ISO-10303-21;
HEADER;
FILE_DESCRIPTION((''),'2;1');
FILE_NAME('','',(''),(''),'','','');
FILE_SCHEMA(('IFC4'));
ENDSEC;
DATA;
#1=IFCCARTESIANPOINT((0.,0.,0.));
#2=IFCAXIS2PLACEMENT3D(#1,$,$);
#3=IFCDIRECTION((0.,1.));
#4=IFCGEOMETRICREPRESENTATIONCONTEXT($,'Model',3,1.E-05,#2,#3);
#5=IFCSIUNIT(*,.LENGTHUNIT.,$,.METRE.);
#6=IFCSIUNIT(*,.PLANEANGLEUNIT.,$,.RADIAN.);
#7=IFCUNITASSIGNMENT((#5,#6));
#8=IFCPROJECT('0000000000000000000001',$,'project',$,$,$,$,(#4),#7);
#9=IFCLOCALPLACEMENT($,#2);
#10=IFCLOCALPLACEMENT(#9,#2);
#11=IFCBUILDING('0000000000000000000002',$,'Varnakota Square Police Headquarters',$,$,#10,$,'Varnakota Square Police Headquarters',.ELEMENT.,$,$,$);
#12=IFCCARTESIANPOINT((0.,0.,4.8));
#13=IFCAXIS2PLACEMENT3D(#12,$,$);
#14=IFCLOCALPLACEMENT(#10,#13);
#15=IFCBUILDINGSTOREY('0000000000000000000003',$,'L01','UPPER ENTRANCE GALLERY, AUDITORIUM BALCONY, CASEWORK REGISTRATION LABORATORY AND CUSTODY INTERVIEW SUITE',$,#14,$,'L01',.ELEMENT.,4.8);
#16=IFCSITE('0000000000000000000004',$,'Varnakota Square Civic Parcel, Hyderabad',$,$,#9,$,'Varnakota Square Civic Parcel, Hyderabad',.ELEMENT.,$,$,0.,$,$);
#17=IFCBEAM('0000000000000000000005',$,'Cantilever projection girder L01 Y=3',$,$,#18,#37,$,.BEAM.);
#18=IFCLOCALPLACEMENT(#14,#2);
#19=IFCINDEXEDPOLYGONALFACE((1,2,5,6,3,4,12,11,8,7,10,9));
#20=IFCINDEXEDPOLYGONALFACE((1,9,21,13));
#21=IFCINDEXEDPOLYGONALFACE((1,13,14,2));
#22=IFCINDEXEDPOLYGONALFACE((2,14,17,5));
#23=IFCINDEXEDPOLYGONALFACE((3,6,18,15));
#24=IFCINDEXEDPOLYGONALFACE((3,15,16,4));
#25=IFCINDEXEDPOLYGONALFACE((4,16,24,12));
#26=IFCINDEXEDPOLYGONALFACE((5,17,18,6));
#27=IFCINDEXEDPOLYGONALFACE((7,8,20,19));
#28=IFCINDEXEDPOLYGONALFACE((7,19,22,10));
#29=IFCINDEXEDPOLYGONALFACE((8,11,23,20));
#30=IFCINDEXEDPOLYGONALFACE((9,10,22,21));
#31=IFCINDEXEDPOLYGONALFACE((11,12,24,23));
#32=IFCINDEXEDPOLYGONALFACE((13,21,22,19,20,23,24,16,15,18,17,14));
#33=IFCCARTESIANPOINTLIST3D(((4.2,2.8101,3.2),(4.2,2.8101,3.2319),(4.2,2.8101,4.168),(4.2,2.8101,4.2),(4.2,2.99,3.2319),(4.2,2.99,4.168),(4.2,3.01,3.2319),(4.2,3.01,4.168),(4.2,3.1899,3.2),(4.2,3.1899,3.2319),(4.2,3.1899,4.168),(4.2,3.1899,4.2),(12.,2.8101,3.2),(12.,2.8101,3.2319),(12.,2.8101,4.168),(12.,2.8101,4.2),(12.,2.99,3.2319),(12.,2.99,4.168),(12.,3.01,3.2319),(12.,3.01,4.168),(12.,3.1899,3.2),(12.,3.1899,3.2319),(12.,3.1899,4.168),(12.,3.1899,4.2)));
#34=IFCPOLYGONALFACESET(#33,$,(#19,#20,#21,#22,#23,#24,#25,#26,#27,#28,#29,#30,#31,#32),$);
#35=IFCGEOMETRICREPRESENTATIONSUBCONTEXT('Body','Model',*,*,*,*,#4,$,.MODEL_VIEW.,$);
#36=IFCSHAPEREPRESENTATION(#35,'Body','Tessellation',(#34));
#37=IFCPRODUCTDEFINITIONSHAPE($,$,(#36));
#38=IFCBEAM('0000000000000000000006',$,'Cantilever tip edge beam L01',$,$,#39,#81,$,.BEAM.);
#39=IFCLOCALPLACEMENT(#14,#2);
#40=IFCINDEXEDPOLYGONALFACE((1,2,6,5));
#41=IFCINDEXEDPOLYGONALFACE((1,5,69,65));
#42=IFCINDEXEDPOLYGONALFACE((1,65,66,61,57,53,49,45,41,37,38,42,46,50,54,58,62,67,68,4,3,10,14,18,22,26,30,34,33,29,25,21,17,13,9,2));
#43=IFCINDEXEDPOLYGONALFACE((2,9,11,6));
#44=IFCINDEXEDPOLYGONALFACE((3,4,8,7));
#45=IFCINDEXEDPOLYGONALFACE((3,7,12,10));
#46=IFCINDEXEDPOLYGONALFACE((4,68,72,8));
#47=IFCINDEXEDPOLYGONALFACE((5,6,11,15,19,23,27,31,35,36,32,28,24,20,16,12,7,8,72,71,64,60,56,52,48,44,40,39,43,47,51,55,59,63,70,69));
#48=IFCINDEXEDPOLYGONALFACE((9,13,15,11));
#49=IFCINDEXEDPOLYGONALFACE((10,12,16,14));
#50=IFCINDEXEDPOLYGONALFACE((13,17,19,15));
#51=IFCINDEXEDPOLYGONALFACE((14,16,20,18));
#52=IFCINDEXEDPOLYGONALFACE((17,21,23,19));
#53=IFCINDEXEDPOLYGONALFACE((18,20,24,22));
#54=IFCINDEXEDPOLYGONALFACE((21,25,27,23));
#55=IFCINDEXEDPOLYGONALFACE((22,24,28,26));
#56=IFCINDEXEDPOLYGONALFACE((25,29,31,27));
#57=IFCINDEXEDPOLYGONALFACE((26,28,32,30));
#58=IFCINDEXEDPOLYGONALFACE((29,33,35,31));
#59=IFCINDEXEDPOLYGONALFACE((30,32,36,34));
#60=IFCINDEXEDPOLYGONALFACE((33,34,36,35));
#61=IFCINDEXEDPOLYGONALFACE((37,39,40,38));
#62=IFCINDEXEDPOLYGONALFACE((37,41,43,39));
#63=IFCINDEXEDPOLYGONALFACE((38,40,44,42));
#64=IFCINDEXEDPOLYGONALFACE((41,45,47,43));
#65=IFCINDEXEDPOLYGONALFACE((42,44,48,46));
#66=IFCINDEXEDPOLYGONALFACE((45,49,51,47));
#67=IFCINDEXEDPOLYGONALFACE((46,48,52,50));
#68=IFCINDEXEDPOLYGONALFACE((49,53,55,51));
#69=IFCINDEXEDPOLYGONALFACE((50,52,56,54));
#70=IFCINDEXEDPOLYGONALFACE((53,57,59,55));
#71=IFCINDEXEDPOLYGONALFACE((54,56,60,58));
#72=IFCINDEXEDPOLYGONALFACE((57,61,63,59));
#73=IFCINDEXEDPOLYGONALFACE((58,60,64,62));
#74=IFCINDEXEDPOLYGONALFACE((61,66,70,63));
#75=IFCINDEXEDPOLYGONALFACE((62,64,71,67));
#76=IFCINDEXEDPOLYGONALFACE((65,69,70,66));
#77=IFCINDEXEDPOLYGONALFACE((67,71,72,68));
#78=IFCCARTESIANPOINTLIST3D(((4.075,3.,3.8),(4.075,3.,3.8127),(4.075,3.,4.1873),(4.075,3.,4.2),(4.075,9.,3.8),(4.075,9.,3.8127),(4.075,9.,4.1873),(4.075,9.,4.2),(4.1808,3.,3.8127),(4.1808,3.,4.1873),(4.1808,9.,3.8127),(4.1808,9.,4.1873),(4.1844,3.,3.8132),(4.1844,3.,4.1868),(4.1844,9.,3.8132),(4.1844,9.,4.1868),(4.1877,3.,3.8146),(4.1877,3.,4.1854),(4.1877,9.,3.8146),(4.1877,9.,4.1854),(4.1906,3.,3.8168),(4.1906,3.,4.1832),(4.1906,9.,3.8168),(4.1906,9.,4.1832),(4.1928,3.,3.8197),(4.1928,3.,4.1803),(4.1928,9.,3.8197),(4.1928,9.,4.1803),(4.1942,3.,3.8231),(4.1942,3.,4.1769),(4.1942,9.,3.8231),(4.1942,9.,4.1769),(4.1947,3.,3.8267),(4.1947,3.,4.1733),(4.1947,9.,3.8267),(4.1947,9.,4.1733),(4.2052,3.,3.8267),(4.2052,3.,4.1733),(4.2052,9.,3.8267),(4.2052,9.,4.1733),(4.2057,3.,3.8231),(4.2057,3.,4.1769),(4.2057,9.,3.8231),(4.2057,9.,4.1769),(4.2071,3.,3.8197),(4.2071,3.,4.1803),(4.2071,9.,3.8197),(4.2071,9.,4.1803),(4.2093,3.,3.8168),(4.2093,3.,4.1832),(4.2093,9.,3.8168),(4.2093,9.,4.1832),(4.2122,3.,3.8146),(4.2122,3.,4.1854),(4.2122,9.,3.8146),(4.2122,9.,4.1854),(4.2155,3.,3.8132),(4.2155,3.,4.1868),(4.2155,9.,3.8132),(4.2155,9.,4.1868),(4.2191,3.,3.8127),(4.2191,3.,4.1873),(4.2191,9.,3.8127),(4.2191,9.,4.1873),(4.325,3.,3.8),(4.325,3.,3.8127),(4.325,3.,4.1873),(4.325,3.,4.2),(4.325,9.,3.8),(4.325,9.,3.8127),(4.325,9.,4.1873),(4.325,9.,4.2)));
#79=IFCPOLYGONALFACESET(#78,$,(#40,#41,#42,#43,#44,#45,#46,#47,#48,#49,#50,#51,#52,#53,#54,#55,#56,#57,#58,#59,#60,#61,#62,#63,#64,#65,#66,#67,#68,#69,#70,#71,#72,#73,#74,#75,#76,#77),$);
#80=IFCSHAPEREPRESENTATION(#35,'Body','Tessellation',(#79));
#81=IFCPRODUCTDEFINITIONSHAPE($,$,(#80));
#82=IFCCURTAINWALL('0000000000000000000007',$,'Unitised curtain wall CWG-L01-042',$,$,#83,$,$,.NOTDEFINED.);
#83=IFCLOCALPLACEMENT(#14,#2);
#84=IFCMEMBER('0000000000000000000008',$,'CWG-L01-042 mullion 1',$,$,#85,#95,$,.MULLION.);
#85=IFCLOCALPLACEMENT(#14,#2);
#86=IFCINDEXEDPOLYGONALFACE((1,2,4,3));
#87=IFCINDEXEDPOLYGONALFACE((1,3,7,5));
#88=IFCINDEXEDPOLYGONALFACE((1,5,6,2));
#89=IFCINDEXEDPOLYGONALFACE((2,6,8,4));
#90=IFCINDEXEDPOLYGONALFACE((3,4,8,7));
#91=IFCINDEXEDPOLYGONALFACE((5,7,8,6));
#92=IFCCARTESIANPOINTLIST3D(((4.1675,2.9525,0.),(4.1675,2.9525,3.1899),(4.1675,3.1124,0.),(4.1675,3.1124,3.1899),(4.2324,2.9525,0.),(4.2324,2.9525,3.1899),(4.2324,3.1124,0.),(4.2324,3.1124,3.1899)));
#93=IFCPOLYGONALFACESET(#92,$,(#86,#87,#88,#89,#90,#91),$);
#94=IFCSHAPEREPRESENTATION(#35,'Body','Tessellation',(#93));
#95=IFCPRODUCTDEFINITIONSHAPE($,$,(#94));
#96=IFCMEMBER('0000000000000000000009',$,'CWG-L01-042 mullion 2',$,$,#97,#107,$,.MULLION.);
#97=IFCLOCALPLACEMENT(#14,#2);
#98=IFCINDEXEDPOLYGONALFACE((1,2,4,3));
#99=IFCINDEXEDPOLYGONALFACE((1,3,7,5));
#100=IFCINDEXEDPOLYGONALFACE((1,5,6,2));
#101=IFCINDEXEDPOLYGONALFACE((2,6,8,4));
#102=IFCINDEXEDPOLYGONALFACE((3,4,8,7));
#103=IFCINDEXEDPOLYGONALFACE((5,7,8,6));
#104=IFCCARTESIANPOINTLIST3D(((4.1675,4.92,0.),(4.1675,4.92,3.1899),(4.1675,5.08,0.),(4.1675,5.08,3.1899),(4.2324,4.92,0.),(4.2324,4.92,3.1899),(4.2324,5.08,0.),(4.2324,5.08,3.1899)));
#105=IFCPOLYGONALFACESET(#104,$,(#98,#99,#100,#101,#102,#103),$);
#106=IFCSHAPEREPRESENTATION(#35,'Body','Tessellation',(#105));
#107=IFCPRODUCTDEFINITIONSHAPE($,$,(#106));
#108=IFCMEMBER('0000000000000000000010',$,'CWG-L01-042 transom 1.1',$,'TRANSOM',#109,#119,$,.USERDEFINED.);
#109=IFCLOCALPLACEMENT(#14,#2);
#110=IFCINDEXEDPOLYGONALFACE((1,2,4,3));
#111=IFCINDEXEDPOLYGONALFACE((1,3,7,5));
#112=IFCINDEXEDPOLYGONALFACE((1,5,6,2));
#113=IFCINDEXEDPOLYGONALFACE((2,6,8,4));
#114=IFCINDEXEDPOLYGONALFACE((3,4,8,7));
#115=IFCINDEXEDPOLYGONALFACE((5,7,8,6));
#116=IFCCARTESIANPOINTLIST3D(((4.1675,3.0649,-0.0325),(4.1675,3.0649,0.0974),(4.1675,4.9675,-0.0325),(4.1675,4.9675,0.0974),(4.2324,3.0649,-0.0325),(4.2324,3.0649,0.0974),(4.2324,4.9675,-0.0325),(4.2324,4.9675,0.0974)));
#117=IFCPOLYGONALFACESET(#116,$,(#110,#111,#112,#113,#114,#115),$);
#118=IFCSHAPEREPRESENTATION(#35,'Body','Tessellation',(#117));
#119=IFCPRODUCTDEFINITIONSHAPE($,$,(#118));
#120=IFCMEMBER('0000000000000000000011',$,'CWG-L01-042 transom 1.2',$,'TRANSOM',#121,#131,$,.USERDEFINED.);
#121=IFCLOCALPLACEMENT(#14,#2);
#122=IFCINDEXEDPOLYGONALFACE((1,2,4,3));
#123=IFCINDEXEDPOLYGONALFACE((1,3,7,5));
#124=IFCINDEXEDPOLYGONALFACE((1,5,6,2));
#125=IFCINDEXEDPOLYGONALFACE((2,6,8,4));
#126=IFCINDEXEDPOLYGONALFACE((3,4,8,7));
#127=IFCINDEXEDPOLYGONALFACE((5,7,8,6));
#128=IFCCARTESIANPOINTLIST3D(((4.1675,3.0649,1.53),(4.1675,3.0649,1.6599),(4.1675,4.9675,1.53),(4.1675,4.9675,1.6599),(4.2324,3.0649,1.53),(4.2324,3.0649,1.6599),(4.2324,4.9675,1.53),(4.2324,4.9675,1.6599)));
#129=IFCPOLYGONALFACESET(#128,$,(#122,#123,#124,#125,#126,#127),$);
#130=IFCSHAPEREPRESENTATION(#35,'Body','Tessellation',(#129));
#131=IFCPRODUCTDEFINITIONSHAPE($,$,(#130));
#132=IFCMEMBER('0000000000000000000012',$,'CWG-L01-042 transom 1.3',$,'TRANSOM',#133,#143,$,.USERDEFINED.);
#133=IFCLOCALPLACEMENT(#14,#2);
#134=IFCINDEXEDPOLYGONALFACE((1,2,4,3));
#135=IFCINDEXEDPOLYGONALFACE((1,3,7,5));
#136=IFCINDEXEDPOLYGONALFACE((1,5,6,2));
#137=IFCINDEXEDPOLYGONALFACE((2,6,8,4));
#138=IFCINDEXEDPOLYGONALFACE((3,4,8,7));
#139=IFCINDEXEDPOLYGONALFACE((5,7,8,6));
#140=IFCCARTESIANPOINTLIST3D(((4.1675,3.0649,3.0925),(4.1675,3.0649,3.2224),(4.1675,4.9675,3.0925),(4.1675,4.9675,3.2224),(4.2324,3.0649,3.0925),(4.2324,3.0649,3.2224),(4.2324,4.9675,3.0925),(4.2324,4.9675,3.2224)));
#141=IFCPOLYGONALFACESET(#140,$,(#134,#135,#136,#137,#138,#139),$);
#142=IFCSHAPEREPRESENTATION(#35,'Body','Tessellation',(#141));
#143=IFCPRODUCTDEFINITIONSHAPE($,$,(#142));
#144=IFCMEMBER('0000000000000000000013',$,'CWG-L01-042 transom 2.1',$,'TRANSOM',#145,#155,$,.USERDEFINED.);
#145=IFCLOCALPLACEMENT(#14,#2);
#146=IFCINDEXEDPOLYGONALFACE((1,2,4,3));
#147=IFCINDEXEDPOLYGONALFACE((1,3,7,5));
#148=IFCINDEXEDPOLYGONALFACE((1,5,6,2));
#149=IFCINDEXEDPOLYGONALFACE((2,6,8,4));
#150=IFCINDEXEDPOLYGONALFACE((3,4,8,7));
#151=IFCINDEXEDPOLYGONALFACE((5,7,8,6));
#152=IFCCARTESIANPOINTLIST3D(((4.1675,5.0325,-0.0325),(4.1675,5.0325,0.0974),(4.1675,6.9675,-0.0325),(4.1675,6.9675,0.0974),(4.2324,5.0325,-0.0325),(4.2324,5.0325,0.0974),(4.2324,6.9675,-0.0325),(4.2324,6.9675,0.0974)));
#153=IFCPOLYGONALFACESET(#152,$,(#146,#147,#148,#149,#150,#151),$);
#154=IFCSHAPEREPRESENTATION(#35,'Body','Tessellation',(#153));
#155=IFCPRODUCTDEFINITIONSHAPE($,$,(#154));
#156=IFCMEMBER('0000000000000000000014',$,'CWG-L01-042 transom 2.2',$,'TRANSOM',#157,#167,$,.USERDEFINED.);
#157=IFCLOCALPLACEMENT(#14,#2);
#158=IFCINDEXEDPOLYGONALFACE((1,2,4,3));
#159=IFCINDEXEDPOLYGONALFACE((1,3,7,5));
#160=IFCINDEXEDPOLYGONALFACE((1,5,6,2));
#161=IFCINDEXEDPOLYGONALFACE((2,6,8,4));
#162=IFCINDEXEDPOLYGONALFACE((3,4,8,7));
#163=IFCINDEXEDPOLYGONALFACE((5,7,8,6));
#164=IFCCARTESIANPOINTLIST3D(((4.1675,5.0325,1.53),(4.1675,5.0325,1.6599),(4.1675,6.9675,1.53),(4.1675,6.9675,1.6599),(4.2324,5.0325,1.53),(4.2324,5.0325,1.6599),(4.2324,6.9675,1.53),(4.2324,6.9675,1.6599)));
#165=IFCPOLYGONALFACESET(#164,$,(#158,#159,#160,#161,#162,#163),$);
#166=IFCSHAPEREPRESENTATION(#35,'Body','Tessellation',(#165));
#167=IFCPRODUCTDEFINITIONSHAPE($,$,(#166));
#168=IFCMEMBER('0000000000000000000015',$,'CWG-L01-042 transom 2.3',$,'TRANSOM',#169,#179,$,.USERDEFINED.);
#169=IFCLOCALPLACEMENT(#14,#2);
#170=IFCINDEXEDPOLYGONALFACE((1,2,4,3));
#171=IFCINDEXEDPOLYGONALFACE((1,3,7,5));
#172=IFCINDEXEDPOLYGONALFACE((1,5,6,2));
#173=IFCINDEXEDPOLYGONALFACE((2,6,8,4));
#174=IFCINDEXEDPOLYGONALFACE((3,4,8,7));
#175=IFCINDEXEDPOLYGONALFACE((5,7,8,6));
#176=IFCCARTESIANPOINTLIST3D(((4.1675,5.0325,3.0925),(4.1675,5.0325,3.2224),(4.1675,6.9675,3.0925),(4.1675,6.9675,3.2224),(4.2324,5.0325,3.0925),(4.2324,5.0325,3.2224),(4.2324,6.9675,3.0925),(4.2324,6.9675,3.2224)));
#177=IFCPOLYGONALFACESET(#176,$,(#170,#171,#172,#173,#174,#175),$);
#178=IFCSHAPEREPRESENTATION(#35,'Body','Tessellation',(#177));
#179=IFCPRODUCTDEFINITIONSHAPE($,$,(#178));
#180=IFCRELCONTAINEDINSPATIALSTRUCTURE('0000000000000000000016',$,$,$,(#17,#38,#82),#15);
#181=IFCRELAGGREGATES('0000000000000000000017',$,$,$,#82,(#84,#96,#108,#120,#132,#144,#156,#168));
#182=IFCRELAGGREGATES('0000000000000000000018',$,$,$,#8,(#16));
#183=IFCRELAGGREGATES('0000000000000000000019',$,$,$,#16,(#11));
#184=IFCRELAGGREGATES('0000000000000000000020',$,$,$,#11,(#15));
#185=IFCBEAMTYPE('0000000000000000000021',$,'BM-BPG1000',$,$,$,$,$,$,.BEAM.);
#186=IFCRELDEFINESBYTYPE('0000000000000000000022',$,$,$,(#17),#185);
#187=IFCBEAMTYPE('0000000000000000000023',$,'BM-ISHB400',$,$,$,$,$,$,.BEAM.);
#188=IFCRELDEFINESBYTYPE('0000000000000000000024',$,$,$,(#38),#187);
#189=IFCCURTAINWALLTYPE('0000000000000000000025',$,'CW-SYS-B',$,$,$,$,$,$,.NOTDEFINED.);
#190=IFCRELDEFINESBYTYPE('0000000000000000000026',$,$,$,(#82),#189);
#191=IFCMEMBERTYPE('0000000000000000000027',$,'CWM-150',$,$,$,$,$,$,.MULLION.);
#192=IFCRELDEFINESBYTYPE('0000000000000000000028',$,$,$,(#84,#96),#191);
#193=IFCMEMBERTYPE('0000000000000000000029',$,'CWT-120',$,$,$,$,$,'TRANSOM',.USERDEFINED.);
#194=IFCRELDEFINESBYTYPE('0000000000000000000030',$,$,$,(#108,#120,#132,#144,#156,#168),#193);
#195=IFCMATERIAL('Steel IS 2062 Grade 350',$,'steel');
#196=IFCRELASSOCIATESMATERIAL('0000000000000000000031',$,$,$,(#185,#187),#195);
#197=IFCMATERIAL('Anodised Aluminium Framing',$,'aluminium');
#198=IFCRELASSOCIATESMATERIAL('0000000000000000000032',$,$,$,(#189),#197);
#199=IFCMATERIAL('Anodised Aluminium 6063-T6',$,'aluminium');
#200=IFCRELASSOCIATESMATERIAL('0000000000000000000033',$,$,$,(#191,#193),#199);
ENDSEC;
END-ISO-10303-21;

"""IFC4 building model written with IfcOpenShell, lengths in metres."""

from ifc_helpers import new_model, si_unit, direction, frame, origin, origin_2d, place, context, subcontext, project, spatial, rectangle, i_section, extrude, material, material_profile, profile_set, type_object, element, aggregate, save


model = new_model("IFC4")

# Units and contexts
model_context = context("Model", 3, precision=1e-05, world=origin(), true_north=direction((0.0, 1.0)))
body_context = subcontext(model_context, "Body", "Model", "MODEL_VIEW")
ifc_project = project(units=[si_unit("LENGTHUNIT", "METRE"), si_unit("PLANEANGLEUNIT", "RADIAN")], contexts=[model_context])

# Site, building, storey
site_placement = place(None, origin())
site = spatial("IfcSite", under=ifc_project, at=site_placement, Name="Varnakota Square Civic Parcel, Hyderabad", LongName="Varnakota Square Civic Parcel, Hyderabad", CompositionType="ELEMENT", RefElevation=0.0)
building_placement = place(site_placement, origin())
building = spatial("IfcBuilding", under=site, at=building_placement, Name="Varnakota Square Police Headquarters", LongName="Varnakota Square Police Headquarters", CompositionType="ELEMENT")
storey_placement = place(building_placement, frame((0.0, 0.0, 4.8)))
storey = spatial("IfcBuildingStorey", under=building, at=storey_placement, Name="L01", Description="UPPER ENTRANCE GALLERY, AUDITORIUM BALCONY, CASEWORK REGISTRATION LABORATORY AND CUSTODY INTERVIEW SUITE", LongName="L01", CompositionType="ELEMENT", Elevation=4.8)

# Beams
ifc_material_1 = material(Name="Steel IS 2062 Grade 350", Category="steel")
ifc_material_profile_1 = material_profile(ifc_material_1, i_section(OverallWidth=0.3799, OverallDepth=1.0, WebThickness=0.02, FlangeThickness=0.032, at=origin_2d()), Name="BPG 1000x380")
ifc_profile_set_1 = profile_set([ifc_material_profile_1], Name="Steel IS 2062 Grade 350")
beam_type_1 = type_object("IfcBeamType", Name="BM-BPG1000", PredefinedType="BEAM", material=ifc_profile_set_1)
beam_1_placement = place(storey_placement, frame((4.2, 3.0, 3.7), z_axis=(1.0, 0.0, 0.0), x_axis=(0.0, 1.0, 0.0)))
element("IfcBeam", 1, at=beam_1_placement, inside=storey, type_object=beam_type_1, Name="Cantilever projection girder L01 Y=3", PredefinedType="BEAM", context=body_context, shape_type="SweptSolid", body=[
    extrude(i_section(OverallWidth=0.3799, OverallDepth=1.0, WebThickness=0.02, FlangeThickness=0.032, at=origin_2d()), origin(), (0.0, 0.0, 1.0), 7.8),
])
ifc_material_profile_2 = material_profile(ifc_material_1, i_section(OverallWidth=0.25, OverallDepth=0.3999, WebThickness=0.0105, FlangeThickness=0.0127, FilletRadius=0.0139, at=origin_2d()), Name="ISHB 400")
ifc_profile_set_2 = profile_set([ifc_material_profile_2], Name="Steel IS 2062 Grade 350")
beam_type_2 = type_object("IfcBeamType", Name="BM-ISHB400", PredefinedType="BEAM", material=ifc_profile_set_2)
beam_2_placement = place(storey_placement, frame((4.2, 3.0, 4.0), z_axis=(0.0, 1.0, 0.0), x_axis=(-1.0, 0.0, 0.0)))
element("IfcBeam", 2, at=beam_2_placement, inside=storey, type_object=beam_type_2, Name="Cantilever tip edge beam L01", PredefinedType="BEAM", context=body_context, shape_type="SweptSolid", body=[
    extrude(i_section(OverallWidth=0.25, OverallDepth=0.3999, WebThickness=0.0105, FlangeThickness=0.0127, FilletRadius=0.0139, at=origin_2d()), origin(), (0.0, 0.0, 1.0), 6.0),
])

# Curtain wall, members
ifc_material_2 = material(Name="Anodised Aluminium Framing", Category="aluminium")
curtain_wall_type = type_object("IfcCurtainWallType", Name="CW-SYS-B", PredefinedType="NOTDEFINED", material=ifc_material_2)
curtain_wall_placement = place(storey_placement, origin())
curtain_wall = element("IfcCurtainWall", 3, at=curtain_wall_placement, inside=storey, type_object=curtain_wall_type, Name="Unitised curtain wall CWG-L01-042", PredefinedType="NOTDEFINED")
ifc_material_3 = material(Name="Anodised Aluminium 6063-T6", Category="aluminium")
ifc_material_profile_3 = material_profile(ifc_material_3, rectangle(XDim=0.0649, YDim=0.1599, at=origin_2d()), Name="ALU MULLION 65x160")
ifc_profile_set_3 = profile_set([ifc_material_profile_3], Name="Anodised Aluminium 6063-T6")
member_type_1 = type_object("IfcMemberType", Name="CWM-150", PredefinedType="MULLION", material=ifc_profile_set_3)
member_1_placement = place(storey_placement, frame((4.2, 3.0325, 0.0), z_axis=(0.0, 0.0, 1.0), x_axis=(-1.0, 0.0, 0.0)))
member_1 = element("IfcMember", 4, at=member_1_placement, type_object=member_type_1, Name="CWG-L01-042 mullion 1", PredefinedType="MULLION", context=body_context, shape_type="SweptSolid", body=[
    extrude(rectangle(XDim=0.0649, YDim=0.1599, at=origin_2d()), origin(), (0.0, 0.0, 1.0), 3.1899),
])
member_2_placement = place(storey_placement, frame((4.2, 5.0, 0.0), z_axis=(0.0, 0.0, 1.0), x_axis=(-1.0, 0.0, 0.0)))
member_2 = element("IfcMember", 5, at=member_2_placement, type_object=member_type_1, Name="CWG-L01-042 mullion 2", PredefinedType="MULLION", context=body_context, shape_type="SweptSolid", body=[
    extrude(rectangle(XDim=0.0649, YDim=0.1599, at=origin_2d()), origin(), (0.0, 0.0, 1.0), 3.1899),
])
ifc_material_profile_4 = material_profile(ifc_material_3, rectangle(XDim=0.0649, YDim=0.1299, at=origin_2d()), Name="ALU TRANSOM 65x130")
ifc_profile_set_4 = profile_set([ifc_material_profile_4], Name="Anodised Aluminium 6063-T6")
member_type_2 = type_object("IfcMemberType", Name="CWT-120", ElementType="TRANSOM", PredefinedType="USERDEFINED", material=ifc_profile_set_4)
member_3_placement = place(storey_placement, frame((4.2, 3.0649, 0.0325), z_axis=(0.0, 1.0, 0.0), x_axis=(-1.0, 0.0, 0.0)))
member_3 = element("IfcMember", 6, at=member_3_placement, type_object=member_type_2, Name="CWG-L01-042 transom 1.1", ObjectType="TRANSOM", PredefinedType="USERDEFINED", context=body_context, shape_type="SweptSolid", body=[
    extrude(rectangle(XDim=0.0649, YDim=0.1299, at=origin_2d()), origin(), (0.0, 0.0, 1.0), 1.9026),
])
member_4_placement = place(storey_placement, frame((4.2, 3.0649, 1.595), z_axis=(0.0, 1.0, 0.0), x_axis=(-1.0, 0.0, 0.0)))
member_4 = element("IfcMember", 7, at=member_4_placement, type_object=member_type_2, Name="CWG-L01-042 transom 1.2", ObjectType="TRANSOM", PredefinedType="USERDEFINED", context=body_context, shape_type="SweptSolid", body=[
    extrude(rectangle(XDim=0.0649, YDim=0.1299, at=origin_2d()), origin(), (0.0, 0.0, 1.0), 1.9026),
])
member_5_placement = place(storey_placement, frame((4.2, 3.0649, 3.1575), z_axis=(0.0, 1.0, 0.0), x_axis=(-1.0, 0.0, 0.0)))
member_5 = element("IfcMember", 8, at=member_5_placement, type_object=member_type_2, Name="CWG-L01-042 transom 1.3", ObjectType="TRANSOM", PredefinedType="USERDEFINED", context=body_context, shape_type="SweptSolid", body=[
    extrude(rectangle(XDim=0.0649, YDim=0.1299, at=origin_2d()), origin(), (0.0, 0.0, 1.0), 1.9026),
])
member_6_placement = place(storey_placement, frame((4.2, 5.0325, 0.0325), z_axis=(0.0, 1.0, 0.0), x_axis=(-1.0, 0.0, 0.0)))
member_6 = element("IfcMember", 9, at=member_6_placement, type_object=member_type_2, Name="CWG-L01-042 transom 2.1", ObjectType="TRANSOM", PredefinedType="USERDEFINED", context=body_context, shape_type="SweptSolid", body=[
    extrude(rectangle(XDim=0.0649, YDim=0.1299, at=origin_2d()), origin(), (0.0, 0.0, 1.0), 1.9351),
])
member_7_placement = place(storey_placement, frame((4.2, 5.0325, 1.595), z_axis=(0.0, 1.0, 0.0), x_axis=(-1.0, 0.0, 0.0)))
member_7 = element("IfcMember", 10, at=member_7_placement, type_object=member_type_2, Name="CWG-L01-042 transom 2.2", ObjectType="TRANSOM", PredefinedType="USERDEFINED", context=body_context, shape_type="SweptSolid", body=[
    extrude(rectangle(XDim=0.0649, YDim=0.1299, at=origin_2d()), origin(), (0.0, 0.0, 1.0), 1.9351),
])
member_8_placement = place(storey_placement, frame((4.2, 5.0325, 3.1575), z_axis=(0.0, 1.0, 0.0), x_axis=(-1.0, 0.0, 0.0)))
member_8 = element("IfcMember", 11, at=member_8_placement, type_object=member_type_2, Name="CWG-L01-042 transom 2.3", ObjectType="TRANSOM", PredefinedType="USERDEFINED", context=body_context, shape_type="SweptSolid", body=[
    extrude(rectangle(XDim=0.0649, YDim=0.1299, at=origin_2d()), origin(), (0.0, 0.0, 1.0), 1.9351),
])
aggregate(curtain_wall, [member_1, member_2, member_3, member_4, member_5, member_6, member_7, member_8])

save(model, "model.ifc")
